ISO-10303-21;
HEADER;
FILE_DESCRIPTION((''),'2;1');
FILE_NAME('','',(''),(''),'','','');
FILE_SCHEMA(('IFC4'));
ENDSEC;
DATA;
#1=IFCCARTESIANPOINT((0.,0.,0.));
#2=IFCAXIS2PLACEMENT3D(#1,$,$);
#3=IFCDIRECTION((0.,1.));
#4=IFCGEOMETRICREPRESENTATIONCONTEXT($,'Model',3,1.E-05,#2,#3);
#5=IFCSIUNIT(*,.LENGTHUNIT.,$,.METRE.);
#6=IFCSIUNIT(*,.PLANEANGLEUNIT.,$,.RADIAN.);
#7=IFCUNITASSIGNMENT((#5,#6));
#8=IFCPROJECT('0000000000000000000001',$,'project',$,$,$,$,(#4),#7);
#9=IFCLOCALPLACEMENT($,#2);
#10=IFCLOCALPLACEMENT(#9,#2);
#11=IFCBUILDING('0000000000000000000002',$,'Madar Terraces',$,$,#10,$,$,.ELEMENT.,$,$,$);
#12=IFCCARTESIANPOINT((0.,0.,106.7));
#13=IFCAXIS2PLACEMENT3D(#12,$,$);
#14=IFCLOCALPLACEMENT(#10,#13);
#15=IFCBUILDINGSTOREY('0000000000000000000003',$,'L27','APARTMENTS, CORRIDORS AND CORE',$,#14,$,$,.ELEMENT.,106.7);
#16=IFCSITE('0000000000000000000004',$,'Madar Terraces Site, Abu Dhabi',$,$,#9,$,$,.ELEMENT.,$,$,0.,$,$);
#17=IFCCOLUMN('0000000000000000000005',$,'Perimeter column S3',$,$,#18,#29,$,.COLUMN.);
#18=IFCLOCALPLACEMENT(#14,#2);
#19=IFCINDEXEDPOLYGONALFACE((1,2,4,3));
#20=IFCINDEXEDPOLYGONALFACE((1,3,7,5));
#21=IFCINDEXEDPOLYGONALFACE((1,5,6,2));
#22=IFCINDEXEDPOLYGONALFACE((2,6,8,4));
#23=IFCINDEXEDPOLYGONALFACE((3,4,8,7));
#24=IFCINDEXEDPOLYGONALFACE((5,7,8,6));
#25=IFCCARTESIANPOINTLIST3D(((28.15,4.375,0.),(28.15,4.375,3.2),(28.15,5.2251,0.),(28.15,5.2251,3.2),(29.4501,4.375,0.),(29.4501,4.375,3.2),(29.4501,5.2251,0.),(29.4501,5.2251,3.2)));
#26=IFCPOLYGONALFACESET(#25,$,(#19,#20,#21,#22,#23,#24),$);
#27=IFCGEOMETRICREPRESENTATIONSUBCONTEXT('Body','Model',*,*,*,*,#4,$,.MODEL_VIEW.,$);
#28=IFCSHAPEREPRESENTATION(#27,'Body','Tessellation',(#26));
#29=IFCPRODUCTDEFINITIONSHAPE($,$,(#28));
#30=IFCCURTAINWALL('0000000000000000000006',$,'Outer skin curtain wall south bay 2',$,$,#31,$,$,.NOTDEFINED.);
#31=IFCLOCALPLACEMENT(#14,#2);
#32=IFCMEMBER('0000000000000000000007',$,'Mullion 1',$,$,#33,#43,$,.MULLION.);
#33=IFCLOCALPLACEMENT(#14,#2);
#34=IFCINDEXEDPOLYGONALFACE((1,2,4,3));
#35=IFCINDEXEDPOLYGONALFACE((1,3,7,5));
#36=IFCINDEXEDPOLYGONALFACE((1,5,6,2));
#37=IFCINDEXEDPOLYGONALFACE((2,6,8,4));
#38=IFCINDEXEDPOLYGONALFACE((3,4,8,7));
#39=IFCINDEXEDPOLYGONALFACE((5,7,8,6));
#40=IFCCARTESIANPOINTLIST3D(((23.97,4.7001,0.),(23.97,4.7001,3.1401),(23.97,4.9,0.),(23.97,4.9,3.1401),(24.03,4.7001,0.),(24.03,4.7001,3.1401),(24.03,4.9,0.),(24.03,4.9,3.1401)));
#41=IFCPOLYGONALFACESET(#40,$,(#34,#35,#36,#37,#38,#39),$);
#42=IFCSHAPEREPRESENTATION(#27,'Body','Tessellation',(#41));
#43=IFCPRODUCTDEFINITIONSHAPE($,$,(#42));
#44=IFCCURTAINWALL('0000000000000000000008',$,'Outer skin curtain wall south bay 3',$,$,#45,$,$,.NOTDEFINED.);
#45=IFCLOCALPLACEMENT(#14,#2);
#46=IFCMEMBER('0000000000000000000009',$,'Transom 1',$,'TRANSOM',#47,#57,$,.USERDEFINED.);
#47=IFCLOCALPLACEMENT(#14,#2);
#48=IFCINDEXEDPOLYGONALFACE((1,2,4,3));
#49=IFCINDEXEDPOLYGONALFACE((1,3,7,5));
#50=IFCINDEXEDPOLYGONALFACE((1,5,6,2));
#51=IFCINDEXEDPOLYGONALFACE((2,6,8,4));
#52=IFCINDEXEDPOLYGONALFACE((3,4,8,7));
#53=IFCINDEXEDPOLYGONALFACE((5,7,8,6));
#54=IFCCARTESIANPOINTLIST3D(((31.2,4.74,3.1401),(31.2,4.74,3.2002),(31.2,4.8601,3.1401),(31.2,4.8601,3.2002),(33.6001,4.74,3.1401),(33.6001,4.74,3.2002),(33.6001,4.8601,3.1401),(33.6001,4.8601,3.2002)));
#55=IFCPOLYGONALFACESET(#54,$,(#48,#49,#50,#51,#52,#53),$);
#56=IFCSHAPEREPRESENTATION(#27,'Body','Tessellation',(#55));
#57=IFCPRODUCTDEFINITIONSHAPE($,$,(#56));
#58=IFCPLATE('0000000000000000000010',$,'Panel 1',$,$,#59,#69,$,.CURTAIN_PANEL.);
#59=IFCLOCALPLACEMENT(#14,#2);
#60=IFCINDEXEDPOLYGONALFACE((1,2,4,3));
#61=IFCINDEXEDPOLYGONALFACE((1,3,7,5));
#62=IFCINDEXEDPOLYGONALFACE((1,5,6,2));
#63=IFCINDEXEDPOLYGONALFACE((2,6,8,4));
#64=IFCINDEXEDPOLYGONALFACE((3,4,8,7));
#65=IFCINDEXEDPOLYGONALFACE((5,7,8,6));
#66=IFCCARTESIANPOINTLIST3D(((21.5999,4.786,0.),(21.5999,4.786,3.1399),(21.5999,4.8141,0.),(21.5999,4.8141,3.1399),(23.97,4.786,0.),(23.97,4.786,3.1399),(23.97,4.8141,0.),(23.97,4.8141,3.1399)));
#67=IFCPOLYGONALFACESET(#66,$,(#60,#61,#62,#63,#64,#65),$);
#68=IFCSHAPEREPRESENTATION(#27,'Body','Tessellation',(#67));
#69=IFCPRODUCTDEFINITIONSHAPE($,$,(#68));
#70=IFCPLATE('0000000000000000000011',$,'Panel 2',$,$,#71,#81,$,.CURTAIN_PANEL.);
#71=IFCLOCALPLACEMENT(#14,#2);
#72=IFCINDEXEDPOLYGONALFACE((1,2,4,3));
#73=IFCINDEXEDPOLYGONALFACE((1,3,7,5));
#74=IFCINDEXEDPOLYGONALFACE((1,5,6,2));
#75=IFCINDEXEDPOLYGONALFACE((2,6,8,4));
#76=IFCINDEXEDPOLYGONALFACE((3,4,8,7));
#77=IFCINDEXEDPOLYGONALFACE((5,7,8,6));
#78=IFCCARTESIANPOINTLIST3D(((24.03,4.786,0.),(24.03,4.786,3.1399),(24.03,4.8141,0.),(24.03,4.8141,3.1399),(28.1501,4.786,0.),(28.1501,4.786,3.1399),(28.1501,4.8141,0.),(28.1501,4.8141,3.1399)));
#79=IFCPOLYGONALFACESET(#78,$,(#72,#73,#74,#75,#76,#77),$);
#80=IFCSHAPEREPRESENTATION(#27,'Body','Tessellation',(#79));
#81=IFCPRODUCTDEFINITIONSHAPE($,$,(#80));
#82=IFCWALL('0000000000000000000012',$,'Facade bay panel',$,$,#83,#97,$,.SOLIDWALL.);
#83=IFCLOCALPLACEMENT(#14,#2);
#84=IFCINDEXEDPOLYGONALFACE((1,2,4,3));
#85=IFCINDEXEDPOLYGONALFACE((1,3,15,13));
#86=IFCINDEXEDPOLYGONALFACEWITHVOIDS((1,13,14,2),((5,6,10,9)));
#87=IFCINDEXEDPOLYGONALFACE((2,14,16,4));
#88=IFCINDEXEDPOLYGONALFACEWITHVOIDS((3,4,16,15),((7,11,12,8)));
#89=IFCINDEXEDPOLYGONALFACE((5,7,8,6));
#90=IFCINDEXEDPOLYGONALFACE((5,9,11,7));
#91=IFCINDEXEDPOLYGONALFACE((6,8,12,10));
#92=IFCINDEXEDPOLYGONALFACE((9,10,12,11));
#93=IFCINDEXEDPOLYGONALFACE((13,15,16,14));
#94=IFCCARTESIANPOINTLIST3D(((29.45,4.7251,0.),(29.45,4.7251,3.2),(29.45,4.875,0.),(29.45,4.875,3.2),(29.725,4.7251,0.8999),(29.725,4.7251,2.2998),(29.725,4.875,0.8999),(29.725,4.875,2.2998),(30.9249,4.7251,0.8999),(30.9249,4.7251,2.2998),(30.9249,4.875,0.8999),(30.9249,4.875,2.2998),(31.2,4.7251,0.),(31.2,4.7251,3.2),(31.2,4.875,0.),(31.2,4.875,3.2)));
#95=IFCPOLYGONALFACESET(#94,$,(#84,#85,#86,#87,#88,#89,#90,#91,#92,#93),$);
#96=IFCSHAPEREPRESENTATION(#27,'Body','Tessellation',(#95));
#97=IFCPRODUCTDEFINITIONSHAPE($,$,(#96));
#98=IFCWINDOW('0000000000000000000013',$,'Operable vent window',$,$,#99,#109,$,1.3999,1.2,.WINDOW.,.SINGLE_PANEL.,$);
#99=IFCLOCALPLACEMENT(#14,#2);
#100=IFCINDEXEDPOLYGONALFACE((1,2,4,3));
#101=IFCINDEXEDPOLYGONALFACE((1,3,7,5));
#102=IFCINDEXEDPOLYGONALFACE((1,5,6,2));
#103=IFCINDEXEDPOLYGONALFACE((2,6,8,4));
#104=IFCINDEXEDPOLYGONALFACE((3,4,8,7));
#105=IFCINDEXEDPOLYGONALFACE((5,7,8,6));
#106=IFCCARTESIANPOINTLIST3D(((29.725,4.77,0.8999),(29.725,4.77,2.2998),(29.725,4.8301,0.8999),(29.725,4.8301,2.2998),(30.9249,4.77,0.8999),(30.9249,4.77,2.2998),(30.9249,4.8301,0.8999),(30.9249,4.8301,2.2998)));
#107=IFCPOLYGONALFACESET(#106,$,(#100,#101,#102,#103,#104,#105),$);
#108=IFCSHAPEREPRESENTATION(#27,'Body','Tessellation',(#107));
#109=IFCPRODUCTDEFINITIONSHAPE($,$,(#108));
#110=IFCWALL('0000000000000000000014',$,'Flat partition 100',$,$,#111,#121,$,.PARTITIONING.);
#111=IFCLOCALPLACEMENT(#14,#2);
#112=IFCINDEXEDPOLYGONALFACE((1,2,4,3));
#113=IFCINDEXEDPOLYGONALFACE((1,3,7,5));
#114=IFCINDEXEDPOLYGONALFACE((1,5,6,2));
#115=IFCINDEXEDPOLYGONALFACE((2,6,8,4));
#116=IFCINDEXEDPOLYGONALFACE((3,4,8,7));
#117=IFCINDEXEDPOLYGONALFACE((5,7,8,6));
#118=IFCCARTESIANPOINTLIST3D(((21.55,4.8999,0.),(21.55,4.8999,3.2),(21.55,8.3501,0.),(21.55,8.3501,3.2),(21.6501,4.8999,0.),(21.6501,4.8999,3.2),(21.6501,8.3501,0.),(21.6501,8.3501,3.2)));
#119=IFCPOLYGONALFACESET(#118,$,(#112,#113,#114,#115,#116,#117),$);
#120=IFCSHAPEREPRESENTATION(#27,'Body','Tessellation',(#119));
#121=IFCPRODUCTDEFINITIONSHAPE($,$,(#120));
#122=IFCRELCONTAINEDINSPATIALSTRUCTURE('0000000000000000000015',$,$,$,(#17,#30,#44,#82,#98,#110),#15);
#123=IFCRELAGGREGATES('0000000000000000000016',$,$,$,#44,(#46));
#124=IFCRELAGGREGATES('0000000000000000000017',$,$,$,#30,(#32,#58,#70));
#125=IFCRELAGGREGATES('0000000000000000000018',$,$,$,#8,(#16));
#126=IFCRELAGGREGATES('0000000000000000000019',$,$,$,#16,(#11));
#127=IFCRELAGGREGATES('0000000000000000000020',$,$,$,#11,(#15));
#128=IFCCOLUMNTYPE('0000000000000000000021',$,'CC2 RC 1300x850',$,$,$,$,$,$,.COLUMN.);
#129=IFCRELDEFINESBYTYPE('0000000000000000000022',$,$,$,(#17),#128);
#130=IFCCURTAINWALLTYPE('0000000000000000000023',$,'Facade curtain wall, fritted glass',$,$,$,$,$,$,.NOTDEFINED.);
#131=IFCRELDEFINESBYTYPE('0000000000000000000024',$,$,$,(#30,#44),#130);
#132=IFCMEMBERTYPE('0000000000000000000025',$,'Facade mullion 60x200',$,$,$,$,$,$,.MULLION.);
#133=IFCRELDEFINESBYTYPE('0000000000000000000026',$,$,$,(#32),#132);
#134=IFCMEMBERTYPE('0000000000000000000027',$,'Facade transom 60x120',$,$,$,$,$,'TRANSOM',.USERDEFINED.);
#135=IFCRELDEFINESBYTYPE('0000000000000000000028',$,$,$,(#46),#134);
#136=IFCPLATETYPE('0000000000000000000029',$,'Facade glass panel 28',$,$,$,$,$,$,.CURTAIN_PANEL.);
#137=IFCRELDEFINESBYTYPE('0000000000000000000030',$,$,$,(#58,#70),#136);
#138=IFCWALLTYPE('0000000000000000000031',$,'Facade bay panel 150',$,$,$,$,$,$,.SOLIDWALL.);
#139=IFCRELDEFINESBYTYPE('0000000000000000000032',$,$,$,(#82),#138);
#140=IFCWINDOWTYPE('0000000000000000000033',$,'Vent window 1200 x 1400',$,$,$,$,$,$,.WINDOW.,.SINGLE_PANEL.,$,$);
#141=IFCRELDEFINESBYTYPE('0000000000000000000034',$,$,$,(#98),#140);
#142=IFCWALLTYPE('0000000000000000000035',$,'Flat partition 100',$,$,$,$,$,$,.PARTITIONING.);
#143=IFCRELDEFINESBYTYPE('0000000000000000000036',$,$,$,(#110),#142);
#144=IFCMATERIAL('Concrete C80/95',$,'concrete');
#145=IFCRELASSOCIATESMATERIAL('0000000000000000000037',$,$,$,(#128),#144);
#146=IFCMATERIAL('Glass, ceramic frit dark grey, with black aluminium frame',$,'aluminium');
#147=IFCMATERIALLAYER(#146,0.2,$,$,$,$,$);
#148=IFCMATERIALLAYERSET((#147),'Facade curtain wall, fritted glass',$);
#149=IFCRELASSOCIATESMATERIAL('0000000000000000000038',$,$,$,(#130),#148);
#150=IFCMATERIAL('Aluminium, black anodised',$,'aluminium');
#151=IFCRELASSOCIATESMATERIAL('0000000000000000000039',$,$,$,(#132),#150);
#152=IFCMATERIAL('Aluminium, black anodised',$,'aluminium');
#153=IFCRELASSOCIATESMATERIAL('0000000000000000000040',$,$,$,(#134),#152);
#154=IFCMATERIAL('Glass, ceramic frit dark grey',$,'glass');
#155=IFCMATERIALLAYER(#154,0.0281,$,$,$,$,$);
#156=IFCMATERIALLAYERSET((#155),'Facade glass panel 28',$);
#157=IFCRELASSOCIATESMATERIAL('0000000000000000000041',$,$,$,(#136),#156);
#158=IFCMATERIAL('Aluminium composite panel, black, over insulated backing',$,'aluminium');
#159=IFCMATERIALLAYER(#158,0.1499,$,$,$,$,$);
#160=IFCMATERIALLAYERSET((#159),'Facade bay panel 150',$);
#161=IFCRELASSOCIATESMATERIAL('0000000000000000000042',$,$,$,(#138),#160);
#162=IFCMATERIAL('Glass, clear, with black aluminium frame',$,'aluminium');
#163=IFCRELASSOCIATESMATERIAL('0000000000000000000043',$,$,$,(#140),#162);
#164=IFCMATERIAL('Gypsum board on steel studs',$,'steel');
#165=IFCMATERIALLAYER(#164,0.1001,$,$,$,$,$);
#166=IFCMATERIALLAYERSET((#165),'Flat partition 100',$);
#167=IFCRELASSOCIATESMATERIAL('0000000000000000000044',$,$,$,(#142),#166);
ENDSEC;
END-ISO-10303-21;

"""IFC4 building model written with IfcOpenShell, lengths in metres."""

from ifc_helpers import new_model, si_unit, direction, frame, frame_2d, origin, origin_2d, place, context, subcontext, project, spatial, rectangle, extrude, material, layer, layer_set, material_profile, profile_set, type_object, element, fill, aggregate, save


model = new_model("IFC4")

# Units and contexts
model_context = context("Model", 3, precision=1e-05, world=origin(), true_north=direction((0.0, 1.0)))
body_context = subcontext(model_context, "Body", "Model", "MODEL_VIEW")
ifc_project = project(units=[si_unit("LENGTHUNIT", "METRE"), si_unit("PLANEANGLEUNIT", "RADIAN")], contexts=[model_context])

# Site, building, storey
site_placement = place(None, origin())
site = spatial("IfcSite", under=ifc_project, at=site_placement, Name="Madar Terraces Site, Abu Dhabi", CompositionType="ELEMENT", RefElevation=0.0)
building_placement = place(site_placement, origin())
building = spatial("IfcBuilding", under=site, at=building_placement, Name="Madar Terraces", CompositionType="ELEMENT")
storey_placement = place(building_placement, frame((0.0, 0.0, 106.7)))
storey = spatial("IfcBuildingStorey", under=building, at=storey_placement, Name="L27", Description="APARTMENTS, CORRIDORS AND CORE", CompositionType="ELEMENT", Elevation=106.7)

# Column
ifc_material_1 = material(Name="Concrete C80/95", Category="concrete")
ifc_material_profile_1 = material_profile(ifc_material_1, rectangle(XDim=1.3, YDim=0.8501, at=origin_2d()), Name="CC2 RC 1300x850")
ifc_profile_set_1 = profile_set([ifc_material_profile_1], Name="Concrete C80/95")
column_type = type_object("IfcColumnType", Name="CC2 RC 1300x850", PredefinedType="COLUMN", material=ifc_profile_set_1)
column_placement = place(storey_placement, frame((28.8, 4.8, 0.0), z_axis=(0.0, 0.0, 1.0), x_axis=(1.0, 0.0, 0.0)))
element("IfcColumn", 1, at=column_placement, inside=storey, type_object=column_type, Name="Perimeter column S3", PredefinedType="COLUMN", context=body_context, shape_type="SweptSolid", body=[
    extrude(rectangle(XDim=1.3, YDim=0.8501, at=origin_2d()), origin(), (0.0, 0.0, 1.0), 3.2),
])

# Curtain walls, members
ifc_material_2 = material(Name="Glass, ceramic frit dark grey, with black aluminium frame", Category="aluminium")
ifc_layer_1 = layer(ifc_material_2, 0.2)
ifc_layer_set_1 = layer_set([ifc_layer_1], Name="Facade curtain wall, fritted glass")
curtain_wall_type = type_object("IfcCurtainWallType", Name="Facade curtain wall, fritted glass", PredefinedType="NOTDEFINED", material=ifc_layer_set_1)
curtain_wall_1_placement = place(storey_placement, origin())
curtain_wall_1 = element("IfcCurtainWall", 2, at=curtain_wall_1_placement, inside=storey, type_object=curtain_wall_type, Name="Outer skin curtain wall south bay 2", PredefinedType="NOTDEFINED")
ifc_material_3 = material(Name="Aluminium, black anodised", Category="aluminium")
ifc_material_profile_2 = material_profile(ifc_material_3, rectangle(XDim=0.2, YDim=0.0601, at=origin_2d()), Name="Facade mullion 60x200")
ifc_profile_set_2 = profile_set([ifc_material_profile_2], Name="Aluminium, black anodised")
member_type_1 = type_object("IfcMemberType", Name="Facade mullion 60x200", PredefinedType="MULLION", material=ifc_profile_set_2)
member_1_placement = place(storey_placement, frame((24.0, 4.8, 0.0), z_axis=(0.0, 0.0, 1.0), x_axis=(0.0, 1.0, 0.0)))
member_1 = element("IfcMember", 3, at=member_1_placement, type_object=member_type_1, Name="Mullion 1", PredefinedType="MULLION", context=body_context, shape_type="SweptSolid", body=[
    extrude(rectangle(XDim=0.2, YDim=0.0601, at=origin_2d()), origin(), (0.0, 0.0, 1.0), 3.1401),
])
curtain_wall_2_placement = place(storey_placement, origin())
curtain_wall_2 = element("IfcCurtainWall", 4, at=curtain_wall_2_placement, inside=storey, type_object=curtain_wall_type, Name="Outer skin curtain wall south bay 3", PredefinedType="NOTDEFINED")
ifc_material_4 = material(Name="Aluminium, black anodised", Category="aluminium")
ifc_material_profile_3 = material_profile(ifc_material_4, rectangle(XDim=0.1201, YDim=0.0601, at=origin_2d()), Name="Facade transom 60x120")
ifc_profile_set_3 = profile_set([ifc_material_profile_3], Name="Aluminium, black anodised")
member_type_2 = type_object("IfcMemberType", Name="Facade transom 60x120", ElementType="TRANSOM", PredefinedType="USERDEFINED", material=ifc_profile_set_3)
member_2_placement = place(storey_placement, frame((31.2, 4.8, 3.1702), z_axis=(1.0, 0.0, 0.0), x_axis=(0.0, 1.0, 0.0)))
member_2 = element("IfcMember", 5, at=member_2_placement, type_object=member_type_2, Name="Transom 1", ObjectType="TRANSOM", PredefinedType="USERDEFINED", context=body_context, shape_type="SweptSolid", body=[
    extrude(rectangle(XDim=0.1201, YDim=0.0601, at=origin_2d()), origin(), (0.0, 0.0, 1.0), 2.4001),
])
aggregate(curtain_wall_2, [member_2])

# Plates
ifc_material_5 = material(Name="Glass, ceramic frit dark grey", Category="glass")
ifc_layer_2 = layer(ifc_material_5, 0.0281)
ifc_layer_set_2 = layer_set([ifc_layer_2], Name="Facade glass panel 28")
plate_type = type_object("IfcPlateType", Name="Facade glass panel 28", PredefinedType="CURTAIN_PANEL", material=ifc_layer_set_2)
plate_1_placement = place(storey_placement, frame((22.7849, 4.8, 0.0), z_axis=(0.0, 0.0, 1.0), x_axis=(1.0, 0.0, 0.0)))
plate_1 = element("IfcPlate", 6, at=plate_1_placement, type_object=plate_type, Name="Panel 1", PredefinedType="CURTAIN_PANEL", context=body_context, shape_type="SweptSolid", body=[
    extrude(rectangle(XDim=2.3701, YDim=0.0281, at=origin_2d()), origin(), (0.0, 0.0, 1.0), 3.1399),
])
plate_2_placement = place(storey_placement, frame((26.0901, 4.8, 0.0), z_axis=(0.0, 0.0, 1.0), x_axis=(1.0, 0.0, 0.0)))
plate_2 = element("IfcPlate", 7, at=plate_2_placement, type_object=plate_type, Name="Panel 2", PredefinedType="CURTAIN_PANEL", context=body_context, shape_type="SweptSolid", body=[
    extrude(rectangle(XDim=4.1201, YDim=0.0281, at=origin_2d()), origin(), (0.0, 0.0, 1.0), 3.1399),
])
aggregate(curtain_wall_1, [member_1, plate_1, plate_2])

# Wall, opening, window
ifc_material_6 = material(Name="Aluminium composite panel, black, over insulated backing", Category="aluminium")
ifc_layer_3 = layer(ifc_material_6, 0.1499)
ifc_layer_set_3 = layer_set([ifc_layer_3], Name="Facade bay panel 150")
wall_type_1 = type_object("IfcWallType", Name="Facade bay panel 150", PredefinedType="SOLIDWALL", material=ifc_layer_set_3)
wall_1_placement = place(storey_placement, frame((29.45, 4.8, 0.0), z_axis=(0.0, 0.0, 1.0), x_axis=(1.0, 0.0, 0.0)))
wall_1 = element("IfcWall", 8, at=wall_1_placement, inside=storey, type_object=wall_type_1, Name="Facade bay panel", PredefinedType="SOLIDWALL", context=body_context, shape_type="SweptSolid", body=[
    extrude(rectangle(XDim=1.75, YDim=0.1499, at=frame_2d((0.875, 0.0))), origin(), (0.0, 0.0, 1.0), 3.2),
])
opening_1_placement = place(wall_1_placement, frame((0.2749, 0.0, 0.8999)))
opening_1 = element("IfcOpeningElement", 9, at=opening_1_placement, cuts=wall_1, PredefinedType="OPENING", context=body_context, shape_type="SweptSolid", body=[
    extrude(rectangle(XDim=1.2, YDim=1.3999, at=frame_2d((0.6001, 0.7))), frame((0.0, 0.085, 0.0), z_axis=(0.0, -1.0, 0.0), x_axis=(1.0, 0.0, 0.0)), (0.0, 0.0, 1.0), 0.1699),
])
ifc_material_7 = material(Name="Glass, clear, with black aluminium frame", Category="aluminium")
window_type = type_object("IfcWindowType", Name="Vent window 1200 x 1400", PartitioningType="SINGLE_PANEL", PredefinedType="WINDOW", material=ifc_material_7)
window_placement = place(opening_1_placement, origin())
window = element("IfcWindow", 10, at=window_placement, inside=storey, type_object=window_type, Name="Operable vent window", OverallHeight=1.3999, OverallWidth=1.2, PartitioningType="SINGLE_PANEL", PredefinedType="WINDOW", context=body_context, shape_type="SweptSolid", body=[
    extrude(rectangle(XDim=1.2, YDim=1.3999, at=frame_2d((0.6001, 0.7))), frame((0.0, 0.03, 0.0), z_axis=(0.0, -1.0, 0.0), x_axis=(1.0, 0.0, 0.0)), (0.0, 0.0, 1.0), 0.0601),
])
fill(opening_1, window)

# Wall
ifc_material_8 = material(Name="Gypsum board on steel studs", Category="steel")
ifc_layer_4 = layer(ifc_material_8, 0.1001)
ifc_layer_set_4 = layer_set([ifc_layer_4], Name="Flat partition 100")
wall_type_2 = type_object("IfcWallType", Name="Flat partition 100", PredefinedType="PARTITIONING", material=ifc_layer_set_4)
wall_2_placement = place(storey_placement, frame((21.6001, 8.3501, 0.0), z_axis=(0.0, 0.0, 1.0), x_axis=(0.0, -1.0, 0.0)))
element("IfcWall", 11, at=wall_2_placement, inside=storey, type_object=wall_type_2, Name="Flat partition 100", PredefinedType="PARTITIONING", context=body_context, shape_type="SweptSolid", body=[
    extrude(rectangle(XDim=3.4502, YDim=0.1001, at=frame_2d((1.7251, 0.0))), origin(), (0.0, 0.0, 1.0), 3.2),
])

save(model, "model.ifc")
